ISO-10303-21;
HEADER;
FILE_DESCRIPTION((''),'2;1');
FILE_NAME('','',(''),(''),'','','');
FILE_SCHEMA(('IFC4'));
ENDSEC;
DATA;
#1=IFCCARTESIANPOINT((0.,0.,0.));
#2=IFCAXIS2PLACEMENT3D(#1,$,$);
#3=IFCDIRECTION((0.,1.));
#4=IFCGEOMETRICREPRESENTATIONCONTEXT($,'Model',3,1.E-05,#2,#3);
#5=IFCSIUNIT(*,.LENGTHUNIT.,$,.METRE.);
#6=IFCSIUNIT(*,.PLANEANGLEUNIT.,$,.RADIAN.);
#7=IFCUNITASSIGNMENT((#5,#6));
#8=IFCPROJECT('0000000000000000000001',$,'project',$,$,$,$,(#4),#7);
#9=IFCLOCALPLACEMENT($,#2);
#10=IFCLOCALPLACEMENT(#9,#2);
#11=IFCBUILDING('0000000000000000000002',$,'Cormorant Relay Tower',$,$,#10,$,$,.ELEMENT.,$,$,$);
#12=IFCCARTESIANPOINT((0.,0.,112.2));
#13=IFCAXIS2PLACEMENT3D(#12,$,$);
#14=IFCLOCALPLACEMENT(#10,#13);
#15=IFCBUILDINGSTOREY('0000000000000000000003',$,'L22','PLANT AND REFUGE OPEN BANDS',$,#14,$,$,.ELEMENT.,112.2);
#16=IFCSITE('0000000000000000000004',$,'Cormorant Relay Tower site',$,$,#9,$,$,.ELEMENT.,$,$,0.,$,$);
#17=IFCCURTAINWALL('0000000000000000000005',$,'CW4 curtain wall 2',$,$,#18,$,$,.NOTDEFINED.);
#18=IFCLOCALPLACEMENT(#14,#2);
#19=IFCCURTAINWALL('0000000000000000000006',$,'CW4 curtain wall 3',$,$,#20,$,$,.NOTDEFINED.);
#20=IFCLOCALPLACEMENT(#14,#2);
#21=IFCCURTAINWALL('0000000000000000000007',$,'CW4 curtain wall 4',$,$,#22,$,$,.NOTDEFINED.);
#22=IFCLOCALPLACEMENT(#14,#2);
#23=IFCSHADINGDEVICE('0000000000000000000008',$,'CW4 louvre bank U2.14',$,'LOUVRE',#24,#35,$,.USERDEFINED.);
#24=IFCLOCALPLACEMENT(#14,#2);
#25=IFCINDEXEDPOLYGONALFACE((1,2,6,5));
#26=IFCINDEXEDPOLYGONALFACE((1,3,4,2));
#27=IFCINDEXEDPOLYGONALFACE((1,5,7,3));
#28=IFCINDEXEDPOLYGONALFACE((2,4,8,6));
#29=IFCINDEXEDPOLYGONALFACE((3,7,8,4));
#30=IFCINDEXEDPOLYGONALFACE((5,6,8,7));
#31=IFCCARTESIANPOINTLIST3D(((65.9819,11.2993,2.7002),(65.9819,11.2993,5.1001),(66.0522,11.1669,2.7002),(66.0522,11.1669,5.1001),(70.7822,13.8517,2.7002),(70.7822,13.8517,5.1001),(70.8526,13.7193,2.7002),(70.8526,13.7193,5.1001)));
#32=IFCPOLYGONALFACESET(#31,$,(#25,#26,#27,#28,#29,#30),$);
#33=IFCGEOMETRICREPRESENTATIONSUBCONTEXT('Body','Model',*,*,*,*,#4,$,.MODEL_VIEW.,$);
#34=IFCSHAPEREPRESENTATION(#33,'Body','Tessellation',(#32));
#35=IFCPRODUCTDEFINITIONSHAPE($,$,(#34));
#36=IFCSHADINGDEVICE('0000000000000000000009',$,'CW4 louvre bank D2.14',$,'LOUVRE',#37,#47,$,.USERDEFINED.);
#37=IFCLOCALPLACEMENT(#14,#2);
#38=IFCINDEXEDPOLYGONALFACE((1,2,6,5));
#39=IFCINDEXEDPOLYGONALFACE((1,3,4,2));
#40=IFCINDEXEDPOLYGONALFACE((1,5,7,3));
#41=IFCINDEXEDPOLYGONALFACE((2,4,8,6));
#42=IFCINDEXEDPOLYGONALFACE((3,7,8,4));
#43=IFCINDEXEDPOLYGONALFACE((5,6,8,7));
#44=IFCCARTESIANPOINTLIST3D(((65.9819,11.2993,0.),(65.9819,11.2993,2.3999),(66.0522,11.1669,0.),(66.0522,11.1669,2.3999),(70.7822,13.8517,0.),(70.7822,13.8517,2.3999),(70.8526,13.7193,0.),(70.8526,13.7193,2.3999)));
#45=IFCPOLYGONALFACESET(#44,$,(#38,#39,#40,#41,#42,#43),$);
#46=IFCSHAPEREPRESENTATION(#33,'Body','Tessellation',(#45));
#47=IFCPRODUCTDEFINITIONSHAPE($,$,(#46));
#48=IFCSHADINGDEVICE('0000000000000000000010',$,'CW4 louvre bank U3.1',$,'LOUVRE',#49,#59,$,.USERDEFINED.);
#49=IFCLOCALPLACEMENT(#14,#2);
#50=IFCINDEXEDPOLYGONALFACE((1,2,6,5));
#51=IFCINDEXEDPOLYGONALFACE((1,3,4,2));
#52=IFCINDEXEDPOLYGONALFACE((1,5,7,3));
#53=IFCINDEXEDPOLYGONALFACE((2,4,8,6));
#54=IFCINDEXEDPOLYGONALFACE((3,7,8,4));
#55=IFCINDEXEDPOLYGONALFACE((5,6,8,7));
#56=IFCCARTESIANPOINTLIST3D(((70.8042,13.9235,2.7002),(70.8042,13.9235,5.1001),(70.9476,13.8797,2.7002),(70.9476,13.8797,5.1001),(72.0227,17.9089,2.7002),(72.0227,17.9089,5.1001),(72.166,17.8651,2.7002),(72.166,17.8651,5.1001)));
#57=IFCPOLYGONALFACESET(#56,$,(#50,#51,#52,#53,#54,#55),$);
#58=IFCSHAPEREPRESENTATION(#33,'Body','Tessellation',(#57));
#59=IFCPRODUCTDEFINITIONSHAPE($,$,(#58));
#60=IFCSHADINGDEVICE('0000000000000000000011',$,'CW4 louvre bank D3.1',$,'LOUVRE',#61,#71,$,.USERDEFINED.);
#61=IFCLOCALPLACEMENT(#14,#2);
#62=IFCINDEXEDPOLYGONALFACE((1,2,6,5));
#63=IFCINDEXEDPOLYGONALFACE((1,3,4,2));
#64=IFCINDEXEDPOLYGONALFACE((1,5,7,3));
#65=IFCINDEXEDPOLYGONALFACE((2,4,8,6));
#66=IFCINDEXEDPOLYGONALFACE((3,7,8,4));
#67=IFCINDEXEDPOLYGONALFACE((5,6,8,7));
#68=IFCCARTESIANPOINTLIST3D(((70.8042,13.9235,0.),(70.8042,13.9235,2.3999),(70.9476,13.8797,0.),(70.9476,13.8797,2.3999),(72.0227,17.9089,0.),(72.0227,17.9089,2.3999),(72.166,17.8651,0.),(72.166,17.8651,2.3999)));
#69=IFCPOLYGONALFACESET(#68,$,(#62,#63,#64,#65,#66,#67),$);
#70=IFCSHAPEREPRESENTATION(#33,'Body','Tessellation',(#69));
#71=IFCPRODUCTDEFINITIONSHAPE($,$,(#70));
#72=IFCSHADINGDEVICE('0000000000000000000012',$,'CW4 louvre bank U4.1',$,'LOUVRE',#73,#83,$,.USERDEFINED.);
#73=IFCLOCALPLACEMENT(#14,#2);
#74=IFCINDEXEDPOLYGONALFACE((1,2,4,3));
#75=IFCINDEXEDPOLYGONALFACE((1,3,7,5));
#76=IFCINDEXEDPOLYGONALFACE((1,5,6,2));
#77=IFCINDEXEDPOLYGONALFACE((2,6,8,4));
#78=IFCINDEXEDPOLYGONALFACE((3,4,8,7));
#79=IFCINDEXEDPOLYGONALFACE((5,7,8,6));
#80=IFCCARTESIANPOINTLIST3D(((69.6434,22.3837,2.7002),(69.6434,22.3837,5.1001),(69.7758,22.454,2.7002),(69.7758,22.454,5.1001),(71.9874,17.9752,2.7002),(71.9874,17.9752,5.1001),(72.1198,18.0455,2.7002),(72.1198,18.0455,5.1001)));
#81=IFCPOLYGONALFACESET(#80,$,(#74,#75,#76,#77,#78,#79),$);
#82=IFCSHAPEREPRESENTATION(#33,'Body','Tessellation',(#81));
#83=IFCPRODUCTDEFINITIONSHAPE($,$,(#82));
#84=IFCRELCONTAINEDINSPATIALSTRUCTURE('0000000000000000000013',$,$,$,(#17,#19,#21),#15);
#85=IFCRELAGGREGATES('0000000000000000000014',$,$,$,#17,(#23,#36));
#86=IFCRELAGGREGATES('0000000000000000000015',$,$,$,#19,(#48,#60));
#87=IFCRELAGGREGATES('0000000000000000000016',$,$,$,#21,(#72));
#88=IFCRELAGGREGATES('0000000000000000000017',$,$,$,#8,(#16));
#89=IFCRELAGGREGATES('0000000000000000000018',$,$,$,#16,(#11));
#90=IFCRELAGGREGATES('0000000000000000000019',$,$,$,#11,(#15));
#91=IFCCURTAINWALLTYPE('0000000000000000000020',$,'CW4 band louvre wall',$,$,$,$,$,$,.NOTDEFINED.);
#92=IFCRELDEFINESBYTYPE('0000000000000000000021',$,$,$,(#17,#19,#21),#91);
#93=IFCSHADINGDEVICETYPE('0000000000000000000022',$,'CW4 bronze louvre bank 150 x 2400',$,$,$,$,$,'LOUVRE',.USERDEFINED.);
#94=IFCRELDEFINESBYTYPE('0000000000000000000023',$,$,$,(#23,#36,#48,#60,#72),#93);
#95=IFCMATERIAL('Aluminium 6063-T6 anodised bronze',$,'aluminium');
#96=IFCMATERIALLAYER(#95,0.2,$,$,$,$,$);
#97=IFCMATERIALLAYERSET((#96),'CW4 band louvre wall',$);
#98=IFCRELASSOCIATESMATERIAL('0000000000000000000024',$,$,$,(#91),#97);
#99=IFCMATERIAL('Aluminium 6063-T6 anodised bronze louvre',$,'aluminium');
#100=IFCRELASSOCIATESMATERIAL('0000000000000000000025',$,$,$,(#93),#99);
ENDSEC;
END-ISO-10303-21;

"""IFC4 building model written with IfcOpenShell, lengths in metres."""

from ifc_helpers import new_model, si_unit, direction, frame, origin, origin_2d, place, context, subcontext, project, spatial, rectangle, extrude, material, layer, layer_set, type_object, element, aggregate, save


model = new_model("IFC4")

# Units and contexts
model_context = context("Model", 3, precision=1e-05, world=origin(), true_north=direction((0.0, 1.0)))
body_context = subcontext(model_context, "Body", "Model", "MODEL_VIEW")
ifc_project = project(units=[si_unit("LENGTHUNIT", "METRE"), si_unit("PLANEANGLEUNIT", "RADIAN")], contexts=[model_context])

# Site, building, storey
site_placement = place(None, origin())
site = spatial("IfcSite", under=ifc_project, at=site_placement, Name="Cormorant Relay Tower site", CompositionType="ELEMENT", RefElevation=0.0)
building_placement = place(site_placement, origin())
building = spatial("IfcBuilding", under=site, at=building_placement, Name="Cormorant Relay Tower", CompositionType="ELEMENT")
storey_placement = place(building_placement, frame((0.0, 0.0, 112.2)))
storey = spatial("IfcBuildingStorey", under=building, at=storey_placement, Name="L22", Description="PLANT AND REFUGE OPEN BANDS", CompositionType="ELEMENT", Elevation=112.2)

# Curtain walls
ifc_material_1 = material(Name="Aluminium 6063-T6 anodised bronze", Category="aluminium")
ifc_layer = layer(ifc_material_1, 0.2)
ifc_layer_set = layer_set([ifc_layer], Name="CW4 band louvre wall")
curtain_wall_type = type_object("IfcCurtainWallType", Name="CW4 band louvre wall", PredefinedType="NOTDEFINED", material=ifc_layer_set)
curtain_wall_1_placement = place(storey_placement, origin())
curtain_wall_1 = element("IfcCurtainWall", 1, at=curtain_wall_1_placement, inside=storey, type_object=curtain_wall_type, Name="CW4 curtain wall 2", PredefinedType="NOTDEFINED")
curtain_wall_2_placement = place(storey_placement, origin())
curtain_wall_2 = element("IfcCurtainWall", 2, at=curtain_wall_2_placement, inside=storey, type_object=curtain_wall_type, Name="CW4 curtain wall 3", PredefinedType="NOTDEFINED")
curtain_wall_3_placement = place(storey_placement, origin())
curtain_wall_3 = element("IfcCurtainWall", 3, at=curtain_wall_3_placement, inside=storey, type_object=curtain_wall_type, Name="CW4 curtain wall 4", PredefinedType="NOTDEFINED")

# Shading devices
ifc_material_2 = material(Name="Aluminium 6063-T6 anodised bronze louvre", Category="aluminium")
shading_device_type = type_object("IfcShadingDeviceType", Name="CW4 bronze louvre bank 150 x 2400", ElementType="LOUVRE", PredefinedType="USERDEFINED", material=ifc_material_2)
shading_device_1_placement = place(storey_placement, frame((68.4172, 12.5093, 2.7002), z_axis=(0.0, 0.0, 1.0), x_axis=(0.882948, 0.469472, 0.0)))
shading_device_1 = element("IfcShadingDevice", 4, at=shading_device_1_placement, type_object=shading_device_type, Name="CW4 louvre bank U2.14", ObjectType="LOUVRE", PredefinedType="USERDEFINED", context=body_context, shape_type="SweptSolid", body=[
    extrude(rectangle(XDim=5.4368, YDim=0.1499, at=origin_2d()), origin(), (0.0, 0.0, 1.0), 2.3999),
])
shading_device_2_placement = place(storey_placement, frame((68.4172, 12.5093, 0.0), z_axis=(0.0, 0.0, 1.0), x_axis=(0.882948, 0.469472, 0.0)))
shading_device_2 = element("IfcShadingDevice", 5, at=shading_device_2_placement, type_object=shading_device_type, Name="CW4 louvre bank D2.14", ObjectType="LOUVRE", PredefinedType="USERDEFINED", context=body_context, shape_type="SweptSolid", body=[
    extrude(rectangle(XDim=5.4368, YDim=0.1499, at=origin_2d()), origin(), (0.0, 0.0, 1.0), 2.3999),
])
aggregate(curtain_wall_1, [shading_device_1, shading_device_2])
shading_device_3_placement = place(storey_placement, frame((71.4851, 15.8943, 2.7002), z_axis=(0.0, 0.0, 1.0), x_axis=(0.292372, 0.956305, 0.0)))
shading_device_3 = element("IfcShadingDevice", 6, at=shading_device_3_placement, type_object=shading_device_type, Name="CW4 louvre bank U3.1", ObjectType="LOUVRE", PredefinedType="USERDEFINED", context=body_context, shape_type="SweptSolid", body=[
    extrude(rectangle(XDim=4.1675, YDim=0.1499, at=origin_2d()), origin(), (0.0, 0.0, 1.0), 2.3999),
])
shading_device_4_placement = place(storey_placement, frame((71.4851, 15.8943, 0.0), z_axis=(0.0, 0.0, 1.0), x_axis=(0.292372, 0.956305, 0.0)))
shading_device_4 = element("IfcShadingDevice", 7, at=shading_device_4_placement, type_object=shading_device_type, Name="CW4 louvre bank D3.1", ObjectType="LOUVRE", PredefinedType="USERDEFINED", context=body_context, shape_type="SweptSolid", body=[
    extrude(rectangle(XDim=4.1675, YDim=0.1499, at=origin_2d()), origin(), (0.0, 0.0, 1.0), 2.3999),
])
aggregate(curtain_wall_2, [shading_device_3, shading_device_4])
shading_device_5_placement = place(storey_placement, frame((70.8816, 20.2146, 2.7002), z_axis=(0.0, 0.0, 1.0), x_axis=(-0.469472, 0.882948, 0.0)))
shading_device_5 = element("IfcShadingDevice", 8, at=shading_device_5_placement, type_object=shading_device_type, Name="CW4 louvre bank U4.1", ObjectType="LOUVRE", PredefinedType="USERDEFINED", context=body_context, shape_type="SweptSolid", body=[
    extrude(rectangle(XDim=4.9929, YDim=0.1499, at=origin_2d()), origin(), (0.0, 0.0, 1.0), 2.3999),
])
aggregate(curtain_wall_3, [shading_device_5])

save(model, "model.ifc")
